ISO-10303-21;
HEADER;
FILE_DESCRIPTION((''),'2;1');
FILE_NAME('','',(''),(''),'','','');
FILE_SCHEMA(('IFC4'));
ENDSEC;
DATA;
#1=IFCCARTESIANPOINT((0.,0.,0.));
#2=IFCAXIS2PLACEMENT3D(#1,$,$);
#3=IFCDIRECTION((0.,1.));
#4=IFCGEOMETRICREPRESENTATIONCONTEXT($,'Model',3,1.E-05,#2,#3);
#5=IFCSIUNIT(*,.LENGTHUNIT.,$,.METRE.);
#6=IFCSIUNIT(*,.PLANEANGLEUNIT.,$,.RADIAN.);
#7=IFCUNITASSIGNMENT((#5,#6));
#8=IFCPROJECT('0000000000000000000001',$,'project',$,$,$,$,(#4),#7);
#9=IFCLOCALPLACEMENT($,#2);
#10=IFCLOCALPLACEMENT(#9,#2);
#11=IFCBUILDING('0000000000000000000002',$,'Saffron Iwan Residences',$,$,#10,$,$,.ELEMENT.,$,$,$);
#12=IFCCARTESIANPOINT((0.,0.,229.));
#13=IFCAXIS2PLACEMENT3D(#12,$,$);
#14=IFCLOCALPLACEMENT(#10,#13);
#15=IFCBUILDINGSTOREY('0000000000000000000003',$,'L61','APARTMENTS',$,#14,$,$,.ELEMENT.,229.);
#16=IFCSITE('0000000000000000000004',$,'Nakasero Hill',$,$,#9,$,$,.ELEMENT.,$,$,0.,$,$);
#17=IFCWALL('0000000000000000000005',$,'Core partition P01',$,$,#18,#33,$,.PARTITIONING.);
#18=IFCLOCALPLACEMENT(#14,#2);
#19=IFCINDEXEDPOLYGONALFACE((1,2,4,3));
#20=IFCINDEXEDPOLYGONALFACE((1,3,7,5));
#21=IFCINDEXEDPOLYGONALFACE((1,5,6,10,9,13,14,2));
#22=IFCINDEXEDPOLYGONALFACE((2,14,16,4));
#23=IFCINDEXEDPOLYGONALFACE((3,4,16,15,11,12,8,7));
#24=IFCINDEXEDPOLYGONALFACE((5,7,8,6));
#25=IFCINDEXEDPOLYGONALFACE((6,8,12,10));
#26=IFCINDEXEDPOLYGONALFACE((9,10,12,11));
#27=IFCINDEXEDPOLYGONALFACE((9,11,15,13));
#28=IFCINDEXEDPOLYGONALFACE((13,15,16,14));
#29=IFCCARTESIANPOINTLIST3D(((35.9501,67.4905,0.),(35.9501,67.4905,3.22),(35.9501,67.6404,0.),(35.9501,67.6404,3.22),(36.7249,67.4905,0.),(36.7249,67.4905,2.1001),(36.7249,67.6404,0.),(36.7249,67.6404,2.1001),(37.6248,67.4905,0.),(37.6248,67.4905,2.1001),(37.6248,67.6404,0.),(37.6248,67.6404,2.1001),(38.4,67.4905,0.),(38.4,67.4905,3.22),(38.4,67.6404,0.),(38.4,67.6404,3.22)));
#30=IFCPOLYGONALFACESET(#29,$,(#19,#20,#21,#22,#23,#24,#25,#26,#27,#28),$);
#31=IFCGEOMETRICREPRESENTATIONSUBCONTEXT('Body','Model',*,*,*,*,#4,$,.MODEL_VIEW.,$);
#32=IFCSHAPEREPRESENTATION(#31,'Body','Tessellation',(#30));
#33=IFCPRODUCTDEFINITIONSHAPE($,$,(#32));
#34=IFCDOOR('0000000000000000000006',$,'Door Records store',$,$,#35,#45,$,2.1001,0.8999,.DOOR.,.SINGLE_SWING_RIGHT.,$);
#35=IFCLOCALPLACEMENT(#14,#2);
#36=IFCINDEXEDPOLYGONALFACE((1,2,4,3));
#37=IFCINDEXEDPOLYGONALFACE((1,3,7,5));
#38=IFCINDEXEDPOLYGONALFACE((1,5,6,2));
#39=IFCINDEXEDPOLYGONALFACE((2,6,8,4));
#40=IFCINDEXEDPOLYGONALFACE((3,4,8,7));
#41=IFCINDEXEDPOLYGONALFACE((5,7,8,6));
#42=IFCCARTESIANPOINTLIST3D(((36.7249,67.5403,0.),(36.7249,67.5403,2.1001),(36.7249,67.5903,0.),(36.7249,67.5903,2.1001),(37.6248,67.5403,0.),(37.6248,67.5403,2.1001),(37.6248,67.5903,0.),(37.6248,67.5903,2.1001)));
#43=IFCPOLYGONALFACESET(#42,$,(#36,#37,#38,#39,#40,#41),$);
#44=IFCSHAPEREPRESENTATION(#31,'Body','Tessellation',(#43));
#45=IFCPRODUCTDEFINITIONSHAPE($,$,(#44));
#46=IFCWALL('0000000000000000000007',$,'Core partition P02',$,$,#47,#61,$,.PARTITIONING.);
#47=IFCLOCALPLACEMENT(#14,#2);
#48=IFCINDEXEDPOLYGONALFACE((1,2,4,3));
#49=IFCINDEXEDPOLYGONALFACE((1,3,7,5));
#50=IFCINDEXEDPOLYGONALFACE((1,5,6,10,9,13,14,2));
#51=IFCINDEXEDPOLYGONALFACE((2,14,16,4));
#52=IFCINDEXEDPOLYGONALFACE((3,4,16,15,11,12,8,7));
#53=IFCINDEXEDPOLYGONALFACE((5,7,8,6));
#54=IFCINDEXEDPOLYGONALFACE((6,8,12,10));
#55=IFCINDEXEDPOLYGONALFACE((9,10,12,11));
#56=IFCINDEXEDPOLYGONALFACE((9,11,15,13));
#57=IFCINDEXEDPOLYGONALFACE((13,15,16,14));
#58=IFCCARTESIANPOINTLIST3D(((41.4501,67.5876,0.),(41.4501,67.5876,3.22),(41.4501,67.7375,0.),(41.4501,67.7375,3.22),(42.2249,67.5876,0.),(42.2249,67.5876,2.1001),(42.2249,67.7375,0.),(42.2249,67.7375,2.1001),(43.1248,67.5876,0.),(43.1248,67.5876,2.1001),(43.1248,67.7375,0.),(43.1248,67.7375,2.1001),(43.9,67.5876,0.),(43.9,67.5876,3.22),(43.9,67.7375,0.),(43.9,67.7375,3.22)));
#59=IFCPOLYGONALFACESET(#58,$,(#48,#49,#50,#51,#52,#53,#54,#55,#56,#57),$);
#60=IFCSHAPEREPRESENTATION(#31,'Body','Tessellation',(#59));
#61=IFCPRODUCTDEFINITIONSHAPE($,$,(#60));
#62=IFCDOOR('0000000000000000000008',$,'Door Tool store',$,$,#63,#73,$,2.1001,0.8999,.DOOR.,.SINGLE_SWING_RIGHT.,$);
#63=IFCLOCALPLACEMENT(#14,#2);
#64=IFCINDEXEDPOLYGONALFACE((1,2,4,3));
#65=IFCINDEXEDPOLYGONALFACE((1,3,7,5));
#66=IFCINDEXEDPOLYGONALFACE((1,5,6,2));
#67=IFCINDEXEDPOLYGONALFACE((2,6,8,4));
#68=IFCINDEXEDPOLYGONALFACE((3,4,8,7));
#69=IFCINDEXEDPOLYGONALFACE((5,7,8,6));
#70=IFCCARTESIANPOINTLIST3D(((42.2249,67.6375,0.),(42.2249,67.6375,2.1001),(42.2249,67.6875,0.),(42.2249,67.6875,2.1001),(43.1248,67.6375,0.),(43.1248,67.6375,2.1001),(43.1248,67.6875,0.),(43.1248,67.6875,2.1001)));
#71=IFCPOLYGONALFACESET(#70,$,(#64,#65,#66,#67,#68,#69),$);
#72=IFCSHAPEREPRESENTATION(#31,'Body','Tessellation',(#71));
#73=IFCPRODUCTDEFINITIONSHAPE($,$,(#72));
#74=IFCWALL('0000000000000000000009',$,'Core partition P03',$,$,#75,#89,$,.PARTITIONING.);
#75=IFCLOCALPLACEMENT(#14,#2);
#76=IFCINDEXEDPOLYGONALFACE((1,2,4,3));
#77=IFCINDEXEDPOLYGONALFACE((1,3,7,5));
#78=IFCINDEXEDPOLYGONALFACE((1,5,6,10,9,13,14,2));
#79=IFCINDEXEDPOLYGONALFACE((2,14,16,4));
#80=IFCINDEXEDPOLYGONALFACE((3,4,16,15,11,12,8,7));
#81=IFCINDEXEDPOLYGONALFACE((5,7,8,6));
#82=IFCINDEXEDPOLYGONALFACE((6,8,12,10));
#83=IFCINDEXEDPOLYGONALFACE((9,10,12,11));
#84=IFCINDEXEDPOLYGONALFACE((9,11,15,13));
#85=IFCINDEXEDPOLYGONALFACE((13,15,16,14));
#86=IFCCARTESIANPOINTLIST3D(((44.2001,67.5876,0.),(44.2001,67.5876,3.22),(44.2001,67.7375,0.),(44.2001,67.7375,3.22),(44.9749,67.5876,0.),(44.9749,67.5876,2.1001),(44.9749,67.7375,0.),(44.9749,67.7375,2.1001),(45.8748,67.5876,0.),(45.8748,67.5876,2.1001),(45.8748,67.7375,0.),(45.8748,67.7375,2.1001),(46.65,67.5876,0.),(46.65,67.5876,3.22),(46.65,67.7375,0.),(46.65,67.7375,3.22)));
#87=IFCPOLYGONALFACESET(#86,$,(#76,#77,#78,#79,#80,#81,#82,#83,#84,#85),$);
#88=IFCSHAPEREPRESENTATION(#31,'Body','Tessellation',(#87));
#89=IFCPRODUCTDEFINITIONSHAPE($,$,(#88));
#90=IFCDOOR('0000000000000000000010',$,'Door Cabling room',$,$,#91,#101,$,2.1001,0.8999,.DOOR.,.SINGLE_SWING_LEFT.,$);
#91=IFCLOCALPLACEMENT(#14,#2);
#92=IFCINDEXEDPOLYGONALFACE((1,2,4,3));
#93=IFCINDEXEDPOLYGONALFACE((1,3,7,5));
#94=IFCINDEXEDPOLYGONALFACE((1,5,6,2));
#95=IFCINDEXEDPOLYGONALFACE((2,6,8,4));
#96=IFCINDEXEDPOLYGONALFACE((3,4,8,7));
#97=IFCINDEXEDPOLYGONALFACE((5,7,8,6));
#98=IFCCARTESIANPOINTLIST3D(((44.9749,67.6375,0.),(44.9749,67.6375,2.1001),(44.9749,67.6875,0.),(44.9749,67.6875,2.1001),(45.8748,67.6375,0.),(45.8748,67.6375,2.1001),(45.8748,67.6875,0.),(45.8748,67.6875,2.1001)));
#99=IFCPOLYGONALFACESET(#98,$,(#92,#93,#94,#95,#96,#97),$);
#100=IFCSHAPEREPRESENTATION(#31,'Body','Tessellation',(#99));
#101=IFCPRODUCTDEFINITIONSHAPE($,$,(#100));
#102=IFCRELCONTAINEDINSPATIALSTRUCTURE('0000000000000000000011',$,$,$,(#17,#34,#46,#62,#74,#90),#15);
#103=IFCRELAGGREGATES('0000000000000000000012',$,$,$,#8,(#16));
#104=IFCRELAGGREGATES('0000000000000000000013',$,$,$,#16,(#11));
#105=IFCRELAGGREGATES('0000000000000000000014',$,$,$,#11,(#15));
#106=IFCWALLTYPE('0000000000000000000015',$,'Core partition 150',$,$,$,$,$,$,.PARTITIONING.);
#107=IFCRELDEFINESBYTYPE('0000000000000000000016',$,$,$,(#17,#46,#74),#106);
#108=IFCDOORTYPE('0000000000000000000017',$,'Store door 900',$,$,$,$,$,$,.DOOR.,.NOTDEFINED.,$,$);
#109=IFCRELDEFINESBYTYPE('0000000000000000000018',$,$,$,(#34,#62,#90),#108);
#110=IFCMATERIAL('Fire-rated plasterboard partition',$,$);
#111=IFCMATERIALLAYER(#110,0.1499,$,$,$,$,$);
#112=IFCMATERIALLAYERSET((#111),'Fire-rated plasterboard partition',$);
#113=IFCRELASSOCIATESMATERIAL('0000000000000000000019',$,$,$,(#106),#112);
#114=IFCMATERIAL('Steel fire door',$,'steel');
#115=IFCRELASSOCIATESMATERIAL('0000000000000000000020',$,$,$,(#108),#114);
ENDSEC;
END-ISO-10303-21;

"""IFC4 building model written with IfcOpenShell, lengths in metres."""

from ifc_helpers import new_model, si_unit, direction, frame, frame_2d, origin, place, context, subcontext, project, spatial, rectangle, extrude, material, layer, layer_set, type_object, element, fill, save


model = new_model("IFC4")

# Units and contexts
model_context = context("Model", 3, precision=1e-05, world=origin(), true_north=direction((0.0, 1.0)))
body_context = subcontext(model_context, "Body", "Model", "MODEL_VIEW")
ifc_project = project(units=[si_unit("LENGTHUNIT", "METRE"), si_unit("PLANEANGLEUNIT", "RADIAN")], contexts=[model_context])

# Site, building, storey
site_placement = place(None, origin())
site = spatial("IfcSite", under=ifc_project, at=site_placement, Name="Nakasero Hill", CompositionType="ELEMENT", RefElevation=0.0)
building_placement = place(site_placement, origin())
building = spatial("IfcBuilding", under=site, at=building_placement, Name="Saffron Iwan Residences", CompositionType="ELEMENT")
storey_placement = place(building_placement, frame((0.0, 0.0, 229.0)))
storey = spatial("IfcBuildingStorey", under=building, at=storey_placement, Name="L61", Description="APARTMENTS", CompositionType="ELEMENT", Elevation=229.0)

# Walls, openings, doors
ifc_material_1 = material(Name="Fire-rated plasterboard partition")
ifc_layer = layer(ifc_material_1, 0.1499)
ifc_layer_set = layer_set([ifc_layer], Name="Fire-rated plasterboard partition")
wall_type = type_object("IfcWallType", Name="Core partition 150", PredefinedType="PARTITIONING", material=ifc_layer_set)
wall_1_placement = place(storey_placement, frame((35.95, 67.5654, 0.0), z_axis=(0.0, 0.0, 1.0), x_axis=(1.0, 0.0, 0.0)))
wall_1 = element("IfcWall", 1, at=wall_1_placement, inside=storey, type_object=wall_type, Name="Core partition P01", PredefinedType="PARTITIONING", context=body_context, shape_type="SweptSolid", body=[
    extrude(rectangle(XDim=2.45, YDim=0.1499, at=frame_2d((1.2251, 0.0))), origin(), (0.0, 0.0, 1.0), 3.22),
])
opening_1_placement = place(wall_1_placement, frame((0.7749, 0.0, 0.0)))
opening_1 = element("IfcOpeningElement", 2, at=opening_1_placement, cuts=wall_1, PredefinedType="OPENING", context=body_context, shape_type="SweptSolid", body=[
    extrude(rectangle(XDim=0.8999, YDim=2.1001, at=frame_2d((0.45, 1.05))), frame((0.0, 0.085, 0.0), z_axis=(0.0, -1.0, 0.0), x_axis=(1.0, 0.0, 0.0)), (0.0, 0.0, 1.0), 0.1699),
])
ifc_material_2 = material(Name="Steel fire door", Category="steel")
door_type = type_object("IfcDoorType", Name="Store door 900", OperationType="NOTDEFINED", PredefinedType="DOOR", material=ifc_material_2)
door_1_placement = place(opening_1_placement, origin())
door_1 = element("IfcDoor", 3, at=door_1_placement, inside=storey, type_object=door_type, Name="Door Records store", OperationType="SINGLE_SWING_RIGHT", OverallHeight=2.1001, OverallWidth=0.8999, PredefinedType="DOOR", context=body_context, shape_type="SweptSolid", body=[
    extrude(rectangle(XDim=0.8999, YDim=2.1001, at=frame_2d((0.45, 1.05))), frame((0.0, 0.0249, 0.0), z_axis=(0.0, -1.0, 0.0), x_axis=(1.0, 0.0, 0.0)), (0.0, 0.0, 1.0), 0.05),
])
fill(opening_1, door_1)
wall_2_placement = place(storey_placement, frame((41.45, 67.6626, 0.0), z_axis=(0.0, 0.0, 1.0), x_axis=(1.0, 0.0, 0.0)))
wall_2 = element("IfcWall", 4, at=wall_2_placement, inside=storey, type_object=wall_type, Name="Core partition P02", PredefinedType="PARTITIONING", context=body_context, shape_type="SweptSolid", body=[
    extrude(rectangle(XDim=2.45, YDim=0.1499, at=frame_2d((1.2251, 0.0))), origin(), (0.0, 0.0, 1.0), 3.22),
])
opening_2_placement = place(wall_2_placement, frame((0.7749, 0.0, 0.0)))
opening_2 = element("IfcOpeningElement", 5, at=opening_2_placement, cuts=wall_2, PredefinedType="OPENING", context=body_context, shape_type="SweptSolid", body=[
    extrude(rectangle(XDim=0.8999, YDim=2.1001, at=frame_2d((0.45, 1.05))), frame((0.0, 0.085, 0.0), z_axis=(0.0, -1.0, 0.0), x_axis=(1.0, 0.0, 0.0)), (0.0, 0.0, 1.0), 0.1699),
])
door_2_placement = place(opening_2_placement, origin())
door_2 = element("IfcDoor", 6, at=door_2_placement, inside=storey, type_object=door_type, Name="Door Tool store", OperationType="SINGLE_SWING_RIGHT", OverallHeight=2.1001, OverallWidth=0.8999, PredefinedType="DOOR", context=body_context, shape_type="SweptSolid", body=[
    extrude(rectangle(XDim=0.8999, YDim=2.1001, at=frame_2d((0.45, 1.05))), frame((0.0, 0.0249, 0.0), z_axis=(0.0, -1.0, 0.0), x_axis=(1.0, 0.0, 0.0)), (0.0, 0.0, 1.0), 0.05),
])
fill(opening_2, door_2)
wall_3_placement = place(storey_placement, frame((44.2, 67.6626, 0.0), z_axis=(0.0, 0.0, 1.0), x_axis=(1.0, 0.0, 0.0)))
wall_3 = element("IfcWall", 7, at=wall_3_placement, inside=storey, type_object=wall_type, Name="Core partition P03", PredefinedType="PARTITIONING", context=body_context, shape_type="SweptSolid", body=[
    extrude(rectangle(XDim=2.45, YDim=0.1499, at=frame_2d((1.2251, 0.0))), origin(), (0.0, 0.0, 1.0), 3.22),
])
opening_3_placement = place(wall_3_placement, frame((0.7749, 0.0, 0.0)))
opening_3 = element("IfcOpeningElement", 8, at=opening_3_placement, cuts=wall_3, PredefinedType="OPENING", context=body_context, shape_type="SweptSolid", body=[
    extrude(rectangle(XDim=0.8999, YDim=2.1001, at=frame_2d((0.45, 1.05))), frame((0.0, 0.085, 0.0), z_axis=(0.0, -1.0, 0.0), x_axis=(1.0, 0.0, 0.0)), (0.0, 0.0, 1.0), 0.1699),
])
door_3_placement = place(opening_3_placement, origin())
door_3 = element("IfcDoor", 9, at=door_3_placement, inside=storey, type_object=door_type, Name="Door Cabling room", OperationType="SINGLE_SWING_LEFT", OverallHeight=2.1001, OverallWidth=0.8999, PredefinedType="DOOR", context=body_context, shape_type="SweptSolid", body=[
    extrude(rectangle(XDim=0.8999, YDim=2.1001, at=frame_2d((0.45, 1.05))), frame((0.0, 0.0249, 0.0), z_axis=(0.0, -1.0, 0.0), x_axis=(1.0, 0.0, 0.0)), (0.0, 0.0, 1.0), 0.05),
])
fill(opening_3, door_3)

save(model, "model.ifc")
